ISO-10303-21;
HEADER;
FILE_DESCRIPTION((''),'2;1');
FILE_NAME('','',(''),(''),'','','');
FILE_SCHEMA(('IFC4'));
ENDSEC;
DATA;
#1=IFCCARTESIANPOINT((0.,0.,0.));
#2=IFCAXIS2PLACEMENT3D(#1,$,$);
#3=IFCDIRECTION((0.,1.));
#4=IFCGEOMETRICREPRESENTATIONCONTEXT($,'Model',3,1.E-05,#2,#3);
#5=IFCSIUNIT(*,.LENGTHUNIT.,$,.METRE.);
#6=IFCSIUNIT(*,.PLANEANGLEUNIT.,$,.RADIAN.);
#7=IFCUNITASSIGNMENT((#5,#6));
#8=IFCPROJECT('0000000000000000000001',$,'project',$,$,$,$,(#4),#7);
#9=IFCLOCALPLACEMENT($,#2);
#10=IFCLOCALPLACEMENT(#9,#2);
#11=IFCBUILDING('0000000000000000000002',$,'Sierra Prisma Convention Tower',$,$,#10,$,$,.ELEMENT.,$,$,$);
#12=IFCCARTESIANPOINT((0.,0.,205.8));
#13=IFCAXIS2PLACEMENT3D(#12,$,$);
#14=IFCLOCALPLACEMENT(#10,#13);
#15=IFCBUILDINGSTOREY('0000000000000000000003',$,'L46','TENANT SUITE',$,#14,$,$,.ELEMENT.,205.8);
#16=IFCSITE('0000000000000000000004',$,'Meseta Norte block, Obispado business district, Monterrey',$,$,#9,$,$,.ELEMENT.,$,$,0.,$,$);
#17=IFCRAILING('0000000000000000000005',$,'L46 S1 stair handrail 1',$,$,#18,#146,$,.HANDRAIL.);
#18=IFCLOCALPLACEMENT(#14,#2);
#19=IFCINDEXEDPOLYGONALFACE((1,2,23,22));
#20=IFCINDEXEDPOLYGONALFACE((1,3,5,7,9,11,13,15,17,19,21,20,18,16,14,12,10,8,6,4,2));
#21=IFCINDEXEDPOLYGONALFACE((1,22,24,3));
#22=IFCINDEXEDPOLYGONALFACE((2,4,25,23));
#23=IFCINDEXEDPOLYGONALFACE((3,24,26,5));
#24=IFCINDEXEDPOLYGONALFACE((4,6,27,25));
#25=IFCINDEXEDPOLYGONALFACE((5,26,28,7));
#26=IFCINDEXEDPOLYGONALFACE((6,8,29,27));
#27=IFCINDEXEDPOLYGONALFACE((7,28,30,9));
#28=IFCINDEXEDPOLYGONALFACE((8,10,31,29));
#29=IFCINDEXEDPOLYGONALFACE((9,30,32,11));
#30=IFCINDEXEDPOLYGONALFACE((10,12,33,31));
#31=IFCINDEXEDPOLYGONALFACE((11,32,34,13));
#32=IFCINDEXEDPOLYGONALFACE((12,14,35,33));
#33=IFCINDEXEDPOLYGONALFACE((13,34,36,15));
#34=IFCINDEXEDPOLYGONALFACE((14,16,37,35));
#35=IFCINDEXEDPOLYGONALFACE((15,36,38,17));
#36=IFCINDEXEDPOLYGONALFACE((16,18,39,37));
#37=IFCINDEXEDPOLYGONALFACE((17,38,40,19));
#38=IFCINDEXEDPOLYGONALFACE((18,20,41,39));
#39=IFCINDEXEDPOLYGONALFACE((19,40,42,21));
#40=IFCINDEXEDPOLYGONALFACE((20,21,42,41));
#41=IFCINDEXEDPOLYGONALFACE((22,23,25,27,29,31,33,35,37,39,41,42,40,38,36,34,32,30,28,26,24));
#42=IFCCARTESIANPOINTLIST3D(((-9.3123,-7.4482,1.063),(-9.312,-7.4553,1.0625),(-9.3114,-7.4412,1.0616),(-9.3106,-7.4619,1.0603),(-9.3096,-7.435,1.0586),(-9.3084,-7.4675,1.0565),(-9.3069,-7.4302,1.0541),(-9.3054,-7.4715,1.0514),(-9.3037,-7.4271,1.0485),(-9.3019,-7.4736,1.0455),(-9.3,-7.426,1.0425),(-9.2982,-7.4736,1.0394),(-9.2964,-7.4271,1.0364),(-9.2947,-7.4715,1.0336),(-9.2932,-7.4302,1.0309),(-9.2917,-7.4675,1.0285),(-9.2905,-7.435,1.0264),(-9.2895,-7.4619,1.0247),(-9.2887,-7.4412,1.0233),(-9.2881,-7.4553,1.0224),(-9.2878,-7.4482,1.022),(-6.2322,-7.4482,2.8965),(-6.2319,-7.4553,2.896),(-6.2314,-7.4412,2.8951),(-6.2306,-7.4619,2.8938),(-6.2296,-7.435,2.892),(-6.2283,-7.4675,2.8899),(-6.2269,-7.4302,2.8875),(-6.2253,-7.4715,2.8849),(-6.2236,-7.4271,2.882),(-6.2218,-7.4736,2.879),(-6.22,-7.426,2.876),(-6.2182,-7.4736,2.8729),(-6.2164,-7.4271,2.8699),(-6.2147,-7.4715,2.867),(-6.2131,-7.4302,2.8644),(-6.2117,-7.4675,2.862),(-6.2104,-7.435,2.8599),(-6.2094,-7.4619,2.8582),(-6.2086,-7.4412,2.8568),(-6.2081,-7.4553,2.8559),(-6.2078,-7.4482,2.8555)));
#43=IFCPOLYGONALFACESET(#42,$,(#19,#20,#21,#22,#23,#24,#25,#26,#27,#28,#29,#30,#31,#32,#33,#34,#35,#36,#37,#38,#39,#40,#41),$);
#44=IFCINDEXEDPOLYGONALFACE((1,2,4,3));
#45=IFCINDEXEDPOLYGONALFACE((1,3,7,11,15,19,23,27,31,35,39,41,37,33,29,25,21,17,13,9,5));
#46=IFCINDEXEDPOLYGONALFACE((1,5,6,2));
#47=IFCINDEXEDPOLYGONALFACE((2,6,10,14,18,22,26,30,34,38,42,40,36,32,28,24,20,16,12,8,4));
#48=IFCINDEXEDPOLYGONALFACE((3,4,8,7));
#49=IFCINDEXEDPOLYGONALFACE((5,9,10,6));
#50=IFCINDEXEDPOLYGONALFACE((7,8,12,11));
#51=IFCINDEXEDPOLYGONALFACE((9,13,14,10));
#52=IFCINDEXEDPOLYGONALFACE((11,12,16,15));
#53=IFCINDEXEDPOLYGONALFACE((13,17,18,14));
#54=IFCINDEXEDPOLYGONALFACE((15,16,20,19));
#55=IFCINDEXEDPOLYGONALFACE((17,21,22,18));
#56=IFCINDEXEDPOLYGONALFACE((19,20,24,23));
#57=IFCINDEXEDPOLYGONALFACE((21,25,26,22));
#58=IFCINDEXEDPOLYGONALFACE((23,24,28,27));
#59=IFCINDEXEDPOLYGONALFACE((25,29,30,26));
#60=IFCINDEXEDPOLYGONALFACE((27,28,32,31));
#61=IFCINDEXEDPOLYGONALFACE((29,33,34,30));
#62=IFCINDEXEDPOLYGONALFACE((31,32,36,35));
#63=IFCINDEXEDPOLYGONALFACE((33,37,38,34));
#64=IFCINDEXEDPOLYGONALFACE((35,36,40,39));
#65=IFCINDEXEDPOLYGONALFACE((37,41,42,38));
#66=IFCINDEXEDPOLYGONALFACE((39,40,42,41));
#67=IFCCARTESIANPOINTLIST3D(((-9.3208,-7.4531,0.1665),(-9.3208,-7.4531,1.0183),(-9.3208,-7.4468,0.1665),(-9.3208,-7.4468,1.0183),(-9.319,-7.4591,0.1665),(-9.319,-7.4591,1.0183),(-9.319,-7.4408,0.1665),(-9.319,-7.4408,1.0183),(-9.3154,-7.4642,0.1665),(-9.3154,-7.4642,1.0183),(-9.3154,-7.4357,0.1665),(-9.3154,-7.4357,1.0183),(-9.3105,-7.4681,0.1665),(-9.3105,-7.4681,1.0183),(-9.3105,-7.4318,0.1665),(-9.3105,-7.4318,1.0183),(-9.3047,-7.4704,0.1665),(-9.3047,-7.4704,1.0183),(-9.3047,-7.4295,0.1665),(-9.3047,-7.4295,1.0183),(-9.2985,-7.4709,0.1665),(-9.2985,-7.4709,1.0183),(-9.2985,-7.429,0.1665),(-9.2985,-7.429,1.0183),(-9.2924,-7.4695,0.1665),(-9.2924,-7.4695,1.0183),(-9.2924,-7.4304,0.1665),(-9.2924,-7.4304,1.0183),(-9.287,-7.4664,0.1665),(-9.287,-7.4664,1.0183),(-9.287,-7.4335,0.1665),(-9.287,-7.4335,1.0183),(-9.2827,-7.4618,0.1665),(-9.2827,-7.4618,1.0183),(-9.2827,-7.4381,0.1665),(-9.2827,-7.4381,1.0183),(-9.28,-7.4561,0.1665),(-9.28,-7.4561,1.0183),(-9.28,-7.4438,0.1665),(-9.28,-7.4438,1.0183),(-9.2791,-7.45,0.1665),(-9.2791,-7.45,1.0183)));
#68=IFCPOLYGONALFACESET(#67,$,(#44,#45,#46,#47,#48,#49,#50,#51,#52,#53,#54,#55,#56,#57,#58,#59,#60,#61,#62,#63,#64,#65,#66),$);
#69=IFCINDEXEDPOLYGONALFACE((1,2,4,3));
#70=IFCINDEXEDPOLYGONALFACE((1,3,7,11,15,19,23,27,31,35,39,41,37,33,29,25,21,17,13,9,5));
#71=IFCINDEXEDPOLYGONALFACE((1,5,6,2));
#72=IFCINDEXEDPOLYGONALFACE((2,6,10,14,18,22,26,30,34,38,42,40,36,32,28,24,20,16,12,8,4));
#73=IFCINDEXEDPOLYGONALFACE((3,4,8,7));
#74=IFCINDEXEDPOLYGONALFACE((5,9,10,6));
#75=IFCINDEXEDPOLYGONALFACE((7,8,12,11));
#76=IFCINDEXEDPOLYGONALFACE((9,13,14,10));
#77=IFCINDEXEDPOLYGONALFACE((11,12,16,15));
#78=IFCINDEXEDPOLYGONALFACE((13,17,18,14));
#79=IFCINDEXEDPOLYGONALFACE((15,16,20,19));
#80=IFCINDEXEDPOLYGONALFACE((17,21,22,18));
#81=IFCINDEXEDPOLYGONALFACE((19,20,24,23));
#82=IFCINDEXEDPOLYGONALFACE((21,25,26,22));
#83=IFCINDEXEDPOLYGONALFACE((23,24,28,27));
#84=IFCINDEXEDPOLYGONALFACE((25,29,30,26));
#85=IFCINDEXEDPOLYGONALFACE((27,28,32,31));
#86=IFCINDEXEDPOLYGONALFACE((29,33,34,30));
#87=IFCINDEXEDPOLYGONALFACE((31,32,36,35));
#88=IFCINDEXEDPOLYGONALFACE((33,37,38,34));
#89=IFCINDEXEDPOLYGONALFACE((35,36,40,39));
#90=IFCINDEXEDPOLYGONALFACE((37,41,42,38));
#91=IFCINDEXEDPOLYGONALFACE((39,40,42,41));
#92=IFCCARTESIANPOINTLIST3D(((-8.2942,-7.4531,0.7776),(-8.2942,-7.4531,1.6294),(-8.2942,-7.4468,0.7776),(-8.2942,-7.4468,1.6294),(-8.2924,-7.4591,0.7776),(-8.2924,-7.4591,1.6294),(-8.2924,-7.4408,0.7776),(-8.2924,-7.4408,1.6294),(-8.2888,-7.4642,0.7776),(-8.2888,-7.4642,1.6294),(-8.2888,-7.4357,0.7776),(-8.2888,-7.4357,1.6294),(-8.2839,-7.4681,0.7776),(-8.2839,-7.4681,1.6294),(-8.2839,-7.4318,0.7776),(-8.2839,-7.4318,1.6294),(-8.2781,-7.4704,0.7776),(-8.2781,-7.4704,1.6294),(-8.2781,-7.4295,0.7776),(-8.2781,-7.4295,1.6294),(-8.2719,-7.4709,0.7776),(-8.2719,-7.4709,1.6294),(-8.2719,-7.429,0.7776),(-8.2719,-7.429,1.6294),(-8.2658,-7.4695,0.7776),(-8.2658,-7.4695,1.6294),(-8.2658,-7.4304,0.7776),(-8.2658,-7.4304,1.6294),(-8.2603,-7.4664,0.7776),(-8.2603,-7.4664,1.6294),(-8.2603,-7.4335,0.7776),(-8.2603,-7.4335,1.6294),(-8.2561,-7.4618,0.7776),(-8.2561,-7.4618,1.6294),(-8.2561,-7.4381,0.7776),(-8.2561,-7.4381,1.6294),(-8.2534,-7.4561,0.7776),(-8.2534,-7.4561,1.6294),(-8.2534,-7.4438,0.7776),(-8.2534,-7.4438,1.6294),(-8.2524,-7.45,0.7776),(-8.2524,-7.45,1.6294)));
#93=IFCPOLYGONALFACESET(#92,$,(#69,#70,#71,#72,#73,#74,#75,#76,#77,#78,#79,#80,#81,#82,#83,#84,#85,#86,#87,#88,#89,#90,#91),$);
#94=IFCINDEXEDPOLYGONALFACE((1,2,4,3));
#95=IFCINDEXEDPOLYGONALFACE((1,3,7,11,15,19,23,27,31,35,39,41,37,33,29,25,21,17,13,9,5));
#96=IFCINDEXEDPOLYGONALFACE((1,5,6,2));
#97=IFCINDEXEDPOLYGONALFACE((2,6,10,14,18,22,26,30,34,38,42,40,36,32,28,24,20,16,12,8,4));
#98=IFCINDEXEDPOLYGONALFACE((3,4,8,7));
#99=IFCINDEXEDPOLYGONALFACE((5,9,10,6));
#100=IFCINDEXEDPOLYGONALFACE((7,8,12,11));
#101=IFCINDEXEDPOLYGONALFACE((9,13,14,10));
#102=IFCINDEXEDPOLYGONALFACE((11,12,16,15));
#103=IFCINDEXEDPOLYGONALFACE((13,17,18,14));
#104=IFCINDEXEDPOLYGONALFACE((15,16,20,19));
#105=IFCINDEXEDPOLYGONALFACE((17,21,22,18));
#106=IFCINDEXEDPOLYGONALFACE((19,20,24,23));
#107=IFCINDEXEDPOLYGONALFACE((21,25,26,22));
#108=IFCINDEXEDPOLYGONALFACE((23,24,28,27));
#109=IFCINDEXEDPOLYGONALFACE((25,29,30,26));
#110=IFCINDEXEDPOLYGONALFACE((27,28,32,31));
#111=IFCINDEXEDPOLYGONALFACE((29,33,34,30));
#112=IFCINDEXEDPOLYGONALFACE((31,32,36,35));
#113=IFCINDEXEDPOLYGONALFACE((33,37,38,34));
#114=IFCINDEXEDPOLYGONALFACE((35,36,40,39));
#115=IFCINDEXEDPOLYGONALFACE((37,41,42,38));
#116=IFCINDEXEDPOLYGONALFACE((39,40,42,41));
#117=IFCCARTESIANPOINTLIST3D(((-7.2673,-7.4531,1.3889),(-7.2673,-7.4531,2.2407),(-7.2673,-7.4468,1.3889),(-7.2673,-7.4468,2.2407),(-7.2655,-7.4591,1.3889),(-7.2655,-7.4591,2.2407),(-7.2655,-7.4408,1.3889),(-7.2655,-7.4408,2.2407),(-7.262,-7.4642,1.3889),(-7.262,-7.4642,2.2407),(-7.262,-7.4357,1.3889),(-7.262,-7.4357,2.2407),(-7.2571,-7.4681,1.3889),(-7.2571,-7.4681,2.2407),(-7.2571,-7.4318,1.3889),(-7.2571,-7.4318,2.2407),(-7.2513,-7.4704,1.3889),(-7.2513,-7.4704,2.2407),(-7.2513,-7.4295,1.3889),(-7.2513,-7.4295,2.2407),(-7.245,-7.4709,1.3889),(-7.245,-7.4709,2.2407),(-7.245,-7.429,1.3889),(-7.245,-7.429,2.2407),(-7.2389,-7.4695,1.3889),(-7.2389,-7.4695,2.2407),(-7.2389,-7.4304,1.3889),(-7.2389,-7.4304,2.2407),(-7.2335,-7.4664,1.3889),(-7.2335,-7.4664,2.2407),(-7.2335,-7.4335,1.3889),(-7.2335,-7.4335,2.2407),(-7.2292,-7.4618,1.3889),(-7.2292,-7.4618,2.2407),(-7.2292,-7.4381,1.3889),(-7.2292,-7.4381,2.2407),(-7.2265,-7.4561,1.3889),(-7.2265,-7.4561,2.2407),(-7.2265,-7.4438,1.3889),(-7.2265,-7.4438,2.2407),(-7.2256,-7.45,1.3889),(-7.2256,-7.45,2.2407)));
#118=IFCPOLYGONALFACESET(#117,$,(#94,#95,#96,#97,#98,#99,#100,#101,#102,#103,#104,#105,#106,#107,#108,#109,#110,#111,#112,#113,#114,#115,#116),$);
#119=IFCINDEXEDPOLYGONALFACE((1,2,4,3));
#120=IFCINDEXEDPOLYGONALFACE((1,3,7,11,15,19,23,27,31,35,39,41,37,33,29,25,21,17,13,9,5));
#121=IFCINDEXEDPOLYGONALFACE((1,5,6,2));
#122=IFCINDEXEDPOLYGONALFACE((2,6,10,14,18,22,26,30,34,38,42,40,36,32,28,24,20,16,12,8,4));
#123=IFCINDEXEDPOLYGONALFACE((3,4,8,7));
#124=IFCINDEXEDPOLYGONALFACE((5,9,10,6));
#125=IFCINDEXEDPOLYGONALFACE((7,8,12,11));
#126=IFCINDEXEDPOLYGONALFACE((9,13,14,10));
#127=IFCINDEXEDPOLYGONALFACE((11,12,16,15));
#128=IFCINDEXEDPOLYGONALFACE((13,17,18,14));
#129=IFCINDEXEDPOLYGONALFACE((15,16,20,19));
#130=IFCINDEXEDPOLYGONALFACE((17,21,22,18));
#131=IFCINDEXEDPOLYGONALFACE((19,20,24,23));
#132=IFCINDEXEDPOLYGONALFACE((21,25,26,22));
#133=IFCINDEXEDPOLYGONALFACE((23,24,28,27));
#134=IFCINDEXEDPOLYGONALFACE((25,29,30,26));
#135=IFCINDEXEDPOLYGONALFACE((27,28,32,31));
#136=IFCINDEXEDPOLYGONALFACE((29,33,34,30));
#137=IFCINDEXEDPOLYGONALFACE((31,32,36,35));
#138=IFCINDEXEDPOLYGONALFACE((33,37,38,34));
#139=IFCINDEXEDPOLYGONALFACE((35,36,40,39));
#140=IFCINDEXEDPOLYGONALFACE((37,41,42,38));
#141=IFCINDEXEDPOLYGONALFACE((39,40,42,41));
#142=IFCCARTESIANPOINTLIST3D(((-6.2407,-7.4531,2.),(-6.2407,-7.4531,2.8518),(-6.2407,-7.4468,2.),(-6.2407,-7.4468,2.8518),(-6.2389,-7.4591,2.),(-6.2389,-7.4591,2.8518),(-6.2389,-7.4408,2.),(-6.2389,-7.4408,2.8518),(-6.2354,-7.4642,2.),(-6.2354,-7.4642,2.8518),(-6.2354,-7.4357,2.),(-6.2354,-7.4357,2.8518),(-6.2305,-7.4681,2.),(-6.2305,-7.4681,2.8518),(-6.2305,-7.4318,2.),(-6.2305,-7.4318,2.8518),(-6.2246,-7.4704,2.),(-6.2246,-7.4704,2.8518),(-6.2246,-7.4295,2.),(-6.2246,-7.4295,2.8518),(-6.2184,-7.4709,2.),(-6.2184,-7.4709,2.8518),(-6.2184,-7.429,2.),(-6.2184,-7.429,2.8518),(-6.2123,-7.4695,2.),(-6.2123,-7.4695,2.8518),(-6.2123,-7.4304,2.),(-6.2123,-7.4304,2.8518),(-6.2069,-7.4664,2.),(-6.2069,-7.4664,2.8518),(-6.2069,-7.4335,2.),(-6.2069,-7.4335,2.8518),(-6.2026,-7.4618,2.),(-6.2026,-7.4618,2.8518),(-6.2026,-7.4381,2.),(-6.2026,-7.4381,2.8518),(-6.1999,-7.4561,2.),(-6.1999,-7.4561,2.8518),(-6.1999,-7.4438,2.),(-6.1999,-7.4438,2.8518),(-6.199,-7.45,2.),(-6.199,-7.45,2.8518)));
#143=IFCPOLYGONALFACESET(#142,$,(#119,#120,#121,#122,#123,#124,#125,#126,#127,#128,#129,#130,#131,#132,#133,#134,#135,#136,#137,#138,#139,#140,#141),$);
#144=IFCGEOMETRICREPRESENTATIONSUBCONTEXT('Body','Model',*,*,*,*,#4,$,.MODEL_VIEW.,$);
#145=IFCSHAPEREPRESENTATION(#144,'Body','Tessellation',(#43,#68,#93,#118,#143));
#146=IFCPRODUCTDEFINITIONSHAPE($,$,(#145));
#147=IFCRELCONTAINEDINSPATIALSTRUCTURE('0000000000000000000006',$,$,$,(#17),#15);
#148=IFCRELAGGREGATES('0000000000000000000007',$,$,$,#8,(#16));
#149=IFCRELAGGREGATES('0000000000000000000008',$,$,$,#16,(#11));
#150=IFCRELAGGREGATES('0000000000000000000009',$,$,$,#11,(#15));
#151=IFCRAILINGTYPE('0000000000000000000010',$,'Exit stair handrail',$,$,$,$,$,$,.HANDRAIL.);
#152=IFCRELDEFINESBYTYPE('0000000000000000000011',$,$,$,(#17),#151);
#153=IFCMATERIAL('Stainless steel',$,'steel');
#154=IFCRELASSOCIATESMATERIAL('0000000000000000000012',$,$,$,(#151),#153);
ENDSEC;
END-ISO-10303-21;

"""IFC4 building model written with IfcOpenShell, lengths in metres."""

from ifc_helpers import new_model, si_unit, direction, frame, origin, origin_2d, place, context, subcontext, project, spatial, circle, extrude, material, type_object, element, save


model = new_model("IFC4")

# Units and contexts
model_context = context("Model", 3, precision=1e-05, world=origin(), true_north=direction((0.0, 1.0)))
body_context = subcontext(model_context, "Body", "Model", "MODEL_VIEW")
ifc_project = project(units=[si_unit("LENGTHUNIT", "METRE"), si_unit("PLANEANGLEUNIT", "RADIAN")], contexts=[model_context])

# Site, building, storey
site_placement = place(None, origin())
site = spatial("IfcSite", under=ifc_project, at=site_placement, Name="Meseta Norte block, Obispado business district, Monterrey", CompositionType="ELEMENT", RefElevation=0.0)
building_placement = place(site_placement, origin())
building = spatial("IfcBuilding", under=site, at=building_placement, Name="Sierra Prisma Convention Tower", CompositionType="ELEMENT")
storey_placement = place(building_placement, frame((0.0, 0.0, 205.8)))
storey = spatial("IfcBuildingStorey", under=building, at=storey_placement, Name="L46", Description="TENANT SUITE", CompositionType="ELEMENT", Elevation=205.8)

# Railing
ifc_material_1 = material(Name="Stainless steel", Category="steel")
railing_type_1 = type_object("IfcRailingType", Name="Exit stair handrail", PredefinedType="HANDRAIL", material=ifc_material_1)
railing_1_placement = place(storey_placement, frame((-9.3, -7.45, 0.1665)))
element("IfcRailing", 1, at=railing_1_placement, inside=storey, type_object=railing_type_1, Name="L46 S1 stair handrail 1", PredefinedType="HANDRAIL", context=body_context, shape_type="SweptSolid", body=[
    extrude(circle(Radius=0.0239, at=origin_2d()), frame((0.0, 0.0, 0.876), z_axis=(0.859279, 0.0, 0.511508), x_axis=(0.0, 1.0, 0.0)), (0.0, 0.0, 1.0), 3.5845),
    extrude(circle(Radius=0.021, at=origin_2d()), origin(), (0.0, 0.0, 1.0), 0.8518),
    extrude(circle(Radius=0.021, at=origin_2d()), frame((1.0266, 0.0, 0.6111)), (0.0, 0.0, 1.0), 0.8518),
    extrude(circle(Radius=0.021, at=origin_2d()), frame((2.0535, 0.0, 1.2224)), (0.0, 0.0, 1.0), 0.8518),
    extrude(circle(Radius=0.021, at=origin_2d()), frame((3.0801, 0.0, 1.8335)), (0.0, 0.0, 1.0), 0.8518),
])

save(model, "model.ifc")
